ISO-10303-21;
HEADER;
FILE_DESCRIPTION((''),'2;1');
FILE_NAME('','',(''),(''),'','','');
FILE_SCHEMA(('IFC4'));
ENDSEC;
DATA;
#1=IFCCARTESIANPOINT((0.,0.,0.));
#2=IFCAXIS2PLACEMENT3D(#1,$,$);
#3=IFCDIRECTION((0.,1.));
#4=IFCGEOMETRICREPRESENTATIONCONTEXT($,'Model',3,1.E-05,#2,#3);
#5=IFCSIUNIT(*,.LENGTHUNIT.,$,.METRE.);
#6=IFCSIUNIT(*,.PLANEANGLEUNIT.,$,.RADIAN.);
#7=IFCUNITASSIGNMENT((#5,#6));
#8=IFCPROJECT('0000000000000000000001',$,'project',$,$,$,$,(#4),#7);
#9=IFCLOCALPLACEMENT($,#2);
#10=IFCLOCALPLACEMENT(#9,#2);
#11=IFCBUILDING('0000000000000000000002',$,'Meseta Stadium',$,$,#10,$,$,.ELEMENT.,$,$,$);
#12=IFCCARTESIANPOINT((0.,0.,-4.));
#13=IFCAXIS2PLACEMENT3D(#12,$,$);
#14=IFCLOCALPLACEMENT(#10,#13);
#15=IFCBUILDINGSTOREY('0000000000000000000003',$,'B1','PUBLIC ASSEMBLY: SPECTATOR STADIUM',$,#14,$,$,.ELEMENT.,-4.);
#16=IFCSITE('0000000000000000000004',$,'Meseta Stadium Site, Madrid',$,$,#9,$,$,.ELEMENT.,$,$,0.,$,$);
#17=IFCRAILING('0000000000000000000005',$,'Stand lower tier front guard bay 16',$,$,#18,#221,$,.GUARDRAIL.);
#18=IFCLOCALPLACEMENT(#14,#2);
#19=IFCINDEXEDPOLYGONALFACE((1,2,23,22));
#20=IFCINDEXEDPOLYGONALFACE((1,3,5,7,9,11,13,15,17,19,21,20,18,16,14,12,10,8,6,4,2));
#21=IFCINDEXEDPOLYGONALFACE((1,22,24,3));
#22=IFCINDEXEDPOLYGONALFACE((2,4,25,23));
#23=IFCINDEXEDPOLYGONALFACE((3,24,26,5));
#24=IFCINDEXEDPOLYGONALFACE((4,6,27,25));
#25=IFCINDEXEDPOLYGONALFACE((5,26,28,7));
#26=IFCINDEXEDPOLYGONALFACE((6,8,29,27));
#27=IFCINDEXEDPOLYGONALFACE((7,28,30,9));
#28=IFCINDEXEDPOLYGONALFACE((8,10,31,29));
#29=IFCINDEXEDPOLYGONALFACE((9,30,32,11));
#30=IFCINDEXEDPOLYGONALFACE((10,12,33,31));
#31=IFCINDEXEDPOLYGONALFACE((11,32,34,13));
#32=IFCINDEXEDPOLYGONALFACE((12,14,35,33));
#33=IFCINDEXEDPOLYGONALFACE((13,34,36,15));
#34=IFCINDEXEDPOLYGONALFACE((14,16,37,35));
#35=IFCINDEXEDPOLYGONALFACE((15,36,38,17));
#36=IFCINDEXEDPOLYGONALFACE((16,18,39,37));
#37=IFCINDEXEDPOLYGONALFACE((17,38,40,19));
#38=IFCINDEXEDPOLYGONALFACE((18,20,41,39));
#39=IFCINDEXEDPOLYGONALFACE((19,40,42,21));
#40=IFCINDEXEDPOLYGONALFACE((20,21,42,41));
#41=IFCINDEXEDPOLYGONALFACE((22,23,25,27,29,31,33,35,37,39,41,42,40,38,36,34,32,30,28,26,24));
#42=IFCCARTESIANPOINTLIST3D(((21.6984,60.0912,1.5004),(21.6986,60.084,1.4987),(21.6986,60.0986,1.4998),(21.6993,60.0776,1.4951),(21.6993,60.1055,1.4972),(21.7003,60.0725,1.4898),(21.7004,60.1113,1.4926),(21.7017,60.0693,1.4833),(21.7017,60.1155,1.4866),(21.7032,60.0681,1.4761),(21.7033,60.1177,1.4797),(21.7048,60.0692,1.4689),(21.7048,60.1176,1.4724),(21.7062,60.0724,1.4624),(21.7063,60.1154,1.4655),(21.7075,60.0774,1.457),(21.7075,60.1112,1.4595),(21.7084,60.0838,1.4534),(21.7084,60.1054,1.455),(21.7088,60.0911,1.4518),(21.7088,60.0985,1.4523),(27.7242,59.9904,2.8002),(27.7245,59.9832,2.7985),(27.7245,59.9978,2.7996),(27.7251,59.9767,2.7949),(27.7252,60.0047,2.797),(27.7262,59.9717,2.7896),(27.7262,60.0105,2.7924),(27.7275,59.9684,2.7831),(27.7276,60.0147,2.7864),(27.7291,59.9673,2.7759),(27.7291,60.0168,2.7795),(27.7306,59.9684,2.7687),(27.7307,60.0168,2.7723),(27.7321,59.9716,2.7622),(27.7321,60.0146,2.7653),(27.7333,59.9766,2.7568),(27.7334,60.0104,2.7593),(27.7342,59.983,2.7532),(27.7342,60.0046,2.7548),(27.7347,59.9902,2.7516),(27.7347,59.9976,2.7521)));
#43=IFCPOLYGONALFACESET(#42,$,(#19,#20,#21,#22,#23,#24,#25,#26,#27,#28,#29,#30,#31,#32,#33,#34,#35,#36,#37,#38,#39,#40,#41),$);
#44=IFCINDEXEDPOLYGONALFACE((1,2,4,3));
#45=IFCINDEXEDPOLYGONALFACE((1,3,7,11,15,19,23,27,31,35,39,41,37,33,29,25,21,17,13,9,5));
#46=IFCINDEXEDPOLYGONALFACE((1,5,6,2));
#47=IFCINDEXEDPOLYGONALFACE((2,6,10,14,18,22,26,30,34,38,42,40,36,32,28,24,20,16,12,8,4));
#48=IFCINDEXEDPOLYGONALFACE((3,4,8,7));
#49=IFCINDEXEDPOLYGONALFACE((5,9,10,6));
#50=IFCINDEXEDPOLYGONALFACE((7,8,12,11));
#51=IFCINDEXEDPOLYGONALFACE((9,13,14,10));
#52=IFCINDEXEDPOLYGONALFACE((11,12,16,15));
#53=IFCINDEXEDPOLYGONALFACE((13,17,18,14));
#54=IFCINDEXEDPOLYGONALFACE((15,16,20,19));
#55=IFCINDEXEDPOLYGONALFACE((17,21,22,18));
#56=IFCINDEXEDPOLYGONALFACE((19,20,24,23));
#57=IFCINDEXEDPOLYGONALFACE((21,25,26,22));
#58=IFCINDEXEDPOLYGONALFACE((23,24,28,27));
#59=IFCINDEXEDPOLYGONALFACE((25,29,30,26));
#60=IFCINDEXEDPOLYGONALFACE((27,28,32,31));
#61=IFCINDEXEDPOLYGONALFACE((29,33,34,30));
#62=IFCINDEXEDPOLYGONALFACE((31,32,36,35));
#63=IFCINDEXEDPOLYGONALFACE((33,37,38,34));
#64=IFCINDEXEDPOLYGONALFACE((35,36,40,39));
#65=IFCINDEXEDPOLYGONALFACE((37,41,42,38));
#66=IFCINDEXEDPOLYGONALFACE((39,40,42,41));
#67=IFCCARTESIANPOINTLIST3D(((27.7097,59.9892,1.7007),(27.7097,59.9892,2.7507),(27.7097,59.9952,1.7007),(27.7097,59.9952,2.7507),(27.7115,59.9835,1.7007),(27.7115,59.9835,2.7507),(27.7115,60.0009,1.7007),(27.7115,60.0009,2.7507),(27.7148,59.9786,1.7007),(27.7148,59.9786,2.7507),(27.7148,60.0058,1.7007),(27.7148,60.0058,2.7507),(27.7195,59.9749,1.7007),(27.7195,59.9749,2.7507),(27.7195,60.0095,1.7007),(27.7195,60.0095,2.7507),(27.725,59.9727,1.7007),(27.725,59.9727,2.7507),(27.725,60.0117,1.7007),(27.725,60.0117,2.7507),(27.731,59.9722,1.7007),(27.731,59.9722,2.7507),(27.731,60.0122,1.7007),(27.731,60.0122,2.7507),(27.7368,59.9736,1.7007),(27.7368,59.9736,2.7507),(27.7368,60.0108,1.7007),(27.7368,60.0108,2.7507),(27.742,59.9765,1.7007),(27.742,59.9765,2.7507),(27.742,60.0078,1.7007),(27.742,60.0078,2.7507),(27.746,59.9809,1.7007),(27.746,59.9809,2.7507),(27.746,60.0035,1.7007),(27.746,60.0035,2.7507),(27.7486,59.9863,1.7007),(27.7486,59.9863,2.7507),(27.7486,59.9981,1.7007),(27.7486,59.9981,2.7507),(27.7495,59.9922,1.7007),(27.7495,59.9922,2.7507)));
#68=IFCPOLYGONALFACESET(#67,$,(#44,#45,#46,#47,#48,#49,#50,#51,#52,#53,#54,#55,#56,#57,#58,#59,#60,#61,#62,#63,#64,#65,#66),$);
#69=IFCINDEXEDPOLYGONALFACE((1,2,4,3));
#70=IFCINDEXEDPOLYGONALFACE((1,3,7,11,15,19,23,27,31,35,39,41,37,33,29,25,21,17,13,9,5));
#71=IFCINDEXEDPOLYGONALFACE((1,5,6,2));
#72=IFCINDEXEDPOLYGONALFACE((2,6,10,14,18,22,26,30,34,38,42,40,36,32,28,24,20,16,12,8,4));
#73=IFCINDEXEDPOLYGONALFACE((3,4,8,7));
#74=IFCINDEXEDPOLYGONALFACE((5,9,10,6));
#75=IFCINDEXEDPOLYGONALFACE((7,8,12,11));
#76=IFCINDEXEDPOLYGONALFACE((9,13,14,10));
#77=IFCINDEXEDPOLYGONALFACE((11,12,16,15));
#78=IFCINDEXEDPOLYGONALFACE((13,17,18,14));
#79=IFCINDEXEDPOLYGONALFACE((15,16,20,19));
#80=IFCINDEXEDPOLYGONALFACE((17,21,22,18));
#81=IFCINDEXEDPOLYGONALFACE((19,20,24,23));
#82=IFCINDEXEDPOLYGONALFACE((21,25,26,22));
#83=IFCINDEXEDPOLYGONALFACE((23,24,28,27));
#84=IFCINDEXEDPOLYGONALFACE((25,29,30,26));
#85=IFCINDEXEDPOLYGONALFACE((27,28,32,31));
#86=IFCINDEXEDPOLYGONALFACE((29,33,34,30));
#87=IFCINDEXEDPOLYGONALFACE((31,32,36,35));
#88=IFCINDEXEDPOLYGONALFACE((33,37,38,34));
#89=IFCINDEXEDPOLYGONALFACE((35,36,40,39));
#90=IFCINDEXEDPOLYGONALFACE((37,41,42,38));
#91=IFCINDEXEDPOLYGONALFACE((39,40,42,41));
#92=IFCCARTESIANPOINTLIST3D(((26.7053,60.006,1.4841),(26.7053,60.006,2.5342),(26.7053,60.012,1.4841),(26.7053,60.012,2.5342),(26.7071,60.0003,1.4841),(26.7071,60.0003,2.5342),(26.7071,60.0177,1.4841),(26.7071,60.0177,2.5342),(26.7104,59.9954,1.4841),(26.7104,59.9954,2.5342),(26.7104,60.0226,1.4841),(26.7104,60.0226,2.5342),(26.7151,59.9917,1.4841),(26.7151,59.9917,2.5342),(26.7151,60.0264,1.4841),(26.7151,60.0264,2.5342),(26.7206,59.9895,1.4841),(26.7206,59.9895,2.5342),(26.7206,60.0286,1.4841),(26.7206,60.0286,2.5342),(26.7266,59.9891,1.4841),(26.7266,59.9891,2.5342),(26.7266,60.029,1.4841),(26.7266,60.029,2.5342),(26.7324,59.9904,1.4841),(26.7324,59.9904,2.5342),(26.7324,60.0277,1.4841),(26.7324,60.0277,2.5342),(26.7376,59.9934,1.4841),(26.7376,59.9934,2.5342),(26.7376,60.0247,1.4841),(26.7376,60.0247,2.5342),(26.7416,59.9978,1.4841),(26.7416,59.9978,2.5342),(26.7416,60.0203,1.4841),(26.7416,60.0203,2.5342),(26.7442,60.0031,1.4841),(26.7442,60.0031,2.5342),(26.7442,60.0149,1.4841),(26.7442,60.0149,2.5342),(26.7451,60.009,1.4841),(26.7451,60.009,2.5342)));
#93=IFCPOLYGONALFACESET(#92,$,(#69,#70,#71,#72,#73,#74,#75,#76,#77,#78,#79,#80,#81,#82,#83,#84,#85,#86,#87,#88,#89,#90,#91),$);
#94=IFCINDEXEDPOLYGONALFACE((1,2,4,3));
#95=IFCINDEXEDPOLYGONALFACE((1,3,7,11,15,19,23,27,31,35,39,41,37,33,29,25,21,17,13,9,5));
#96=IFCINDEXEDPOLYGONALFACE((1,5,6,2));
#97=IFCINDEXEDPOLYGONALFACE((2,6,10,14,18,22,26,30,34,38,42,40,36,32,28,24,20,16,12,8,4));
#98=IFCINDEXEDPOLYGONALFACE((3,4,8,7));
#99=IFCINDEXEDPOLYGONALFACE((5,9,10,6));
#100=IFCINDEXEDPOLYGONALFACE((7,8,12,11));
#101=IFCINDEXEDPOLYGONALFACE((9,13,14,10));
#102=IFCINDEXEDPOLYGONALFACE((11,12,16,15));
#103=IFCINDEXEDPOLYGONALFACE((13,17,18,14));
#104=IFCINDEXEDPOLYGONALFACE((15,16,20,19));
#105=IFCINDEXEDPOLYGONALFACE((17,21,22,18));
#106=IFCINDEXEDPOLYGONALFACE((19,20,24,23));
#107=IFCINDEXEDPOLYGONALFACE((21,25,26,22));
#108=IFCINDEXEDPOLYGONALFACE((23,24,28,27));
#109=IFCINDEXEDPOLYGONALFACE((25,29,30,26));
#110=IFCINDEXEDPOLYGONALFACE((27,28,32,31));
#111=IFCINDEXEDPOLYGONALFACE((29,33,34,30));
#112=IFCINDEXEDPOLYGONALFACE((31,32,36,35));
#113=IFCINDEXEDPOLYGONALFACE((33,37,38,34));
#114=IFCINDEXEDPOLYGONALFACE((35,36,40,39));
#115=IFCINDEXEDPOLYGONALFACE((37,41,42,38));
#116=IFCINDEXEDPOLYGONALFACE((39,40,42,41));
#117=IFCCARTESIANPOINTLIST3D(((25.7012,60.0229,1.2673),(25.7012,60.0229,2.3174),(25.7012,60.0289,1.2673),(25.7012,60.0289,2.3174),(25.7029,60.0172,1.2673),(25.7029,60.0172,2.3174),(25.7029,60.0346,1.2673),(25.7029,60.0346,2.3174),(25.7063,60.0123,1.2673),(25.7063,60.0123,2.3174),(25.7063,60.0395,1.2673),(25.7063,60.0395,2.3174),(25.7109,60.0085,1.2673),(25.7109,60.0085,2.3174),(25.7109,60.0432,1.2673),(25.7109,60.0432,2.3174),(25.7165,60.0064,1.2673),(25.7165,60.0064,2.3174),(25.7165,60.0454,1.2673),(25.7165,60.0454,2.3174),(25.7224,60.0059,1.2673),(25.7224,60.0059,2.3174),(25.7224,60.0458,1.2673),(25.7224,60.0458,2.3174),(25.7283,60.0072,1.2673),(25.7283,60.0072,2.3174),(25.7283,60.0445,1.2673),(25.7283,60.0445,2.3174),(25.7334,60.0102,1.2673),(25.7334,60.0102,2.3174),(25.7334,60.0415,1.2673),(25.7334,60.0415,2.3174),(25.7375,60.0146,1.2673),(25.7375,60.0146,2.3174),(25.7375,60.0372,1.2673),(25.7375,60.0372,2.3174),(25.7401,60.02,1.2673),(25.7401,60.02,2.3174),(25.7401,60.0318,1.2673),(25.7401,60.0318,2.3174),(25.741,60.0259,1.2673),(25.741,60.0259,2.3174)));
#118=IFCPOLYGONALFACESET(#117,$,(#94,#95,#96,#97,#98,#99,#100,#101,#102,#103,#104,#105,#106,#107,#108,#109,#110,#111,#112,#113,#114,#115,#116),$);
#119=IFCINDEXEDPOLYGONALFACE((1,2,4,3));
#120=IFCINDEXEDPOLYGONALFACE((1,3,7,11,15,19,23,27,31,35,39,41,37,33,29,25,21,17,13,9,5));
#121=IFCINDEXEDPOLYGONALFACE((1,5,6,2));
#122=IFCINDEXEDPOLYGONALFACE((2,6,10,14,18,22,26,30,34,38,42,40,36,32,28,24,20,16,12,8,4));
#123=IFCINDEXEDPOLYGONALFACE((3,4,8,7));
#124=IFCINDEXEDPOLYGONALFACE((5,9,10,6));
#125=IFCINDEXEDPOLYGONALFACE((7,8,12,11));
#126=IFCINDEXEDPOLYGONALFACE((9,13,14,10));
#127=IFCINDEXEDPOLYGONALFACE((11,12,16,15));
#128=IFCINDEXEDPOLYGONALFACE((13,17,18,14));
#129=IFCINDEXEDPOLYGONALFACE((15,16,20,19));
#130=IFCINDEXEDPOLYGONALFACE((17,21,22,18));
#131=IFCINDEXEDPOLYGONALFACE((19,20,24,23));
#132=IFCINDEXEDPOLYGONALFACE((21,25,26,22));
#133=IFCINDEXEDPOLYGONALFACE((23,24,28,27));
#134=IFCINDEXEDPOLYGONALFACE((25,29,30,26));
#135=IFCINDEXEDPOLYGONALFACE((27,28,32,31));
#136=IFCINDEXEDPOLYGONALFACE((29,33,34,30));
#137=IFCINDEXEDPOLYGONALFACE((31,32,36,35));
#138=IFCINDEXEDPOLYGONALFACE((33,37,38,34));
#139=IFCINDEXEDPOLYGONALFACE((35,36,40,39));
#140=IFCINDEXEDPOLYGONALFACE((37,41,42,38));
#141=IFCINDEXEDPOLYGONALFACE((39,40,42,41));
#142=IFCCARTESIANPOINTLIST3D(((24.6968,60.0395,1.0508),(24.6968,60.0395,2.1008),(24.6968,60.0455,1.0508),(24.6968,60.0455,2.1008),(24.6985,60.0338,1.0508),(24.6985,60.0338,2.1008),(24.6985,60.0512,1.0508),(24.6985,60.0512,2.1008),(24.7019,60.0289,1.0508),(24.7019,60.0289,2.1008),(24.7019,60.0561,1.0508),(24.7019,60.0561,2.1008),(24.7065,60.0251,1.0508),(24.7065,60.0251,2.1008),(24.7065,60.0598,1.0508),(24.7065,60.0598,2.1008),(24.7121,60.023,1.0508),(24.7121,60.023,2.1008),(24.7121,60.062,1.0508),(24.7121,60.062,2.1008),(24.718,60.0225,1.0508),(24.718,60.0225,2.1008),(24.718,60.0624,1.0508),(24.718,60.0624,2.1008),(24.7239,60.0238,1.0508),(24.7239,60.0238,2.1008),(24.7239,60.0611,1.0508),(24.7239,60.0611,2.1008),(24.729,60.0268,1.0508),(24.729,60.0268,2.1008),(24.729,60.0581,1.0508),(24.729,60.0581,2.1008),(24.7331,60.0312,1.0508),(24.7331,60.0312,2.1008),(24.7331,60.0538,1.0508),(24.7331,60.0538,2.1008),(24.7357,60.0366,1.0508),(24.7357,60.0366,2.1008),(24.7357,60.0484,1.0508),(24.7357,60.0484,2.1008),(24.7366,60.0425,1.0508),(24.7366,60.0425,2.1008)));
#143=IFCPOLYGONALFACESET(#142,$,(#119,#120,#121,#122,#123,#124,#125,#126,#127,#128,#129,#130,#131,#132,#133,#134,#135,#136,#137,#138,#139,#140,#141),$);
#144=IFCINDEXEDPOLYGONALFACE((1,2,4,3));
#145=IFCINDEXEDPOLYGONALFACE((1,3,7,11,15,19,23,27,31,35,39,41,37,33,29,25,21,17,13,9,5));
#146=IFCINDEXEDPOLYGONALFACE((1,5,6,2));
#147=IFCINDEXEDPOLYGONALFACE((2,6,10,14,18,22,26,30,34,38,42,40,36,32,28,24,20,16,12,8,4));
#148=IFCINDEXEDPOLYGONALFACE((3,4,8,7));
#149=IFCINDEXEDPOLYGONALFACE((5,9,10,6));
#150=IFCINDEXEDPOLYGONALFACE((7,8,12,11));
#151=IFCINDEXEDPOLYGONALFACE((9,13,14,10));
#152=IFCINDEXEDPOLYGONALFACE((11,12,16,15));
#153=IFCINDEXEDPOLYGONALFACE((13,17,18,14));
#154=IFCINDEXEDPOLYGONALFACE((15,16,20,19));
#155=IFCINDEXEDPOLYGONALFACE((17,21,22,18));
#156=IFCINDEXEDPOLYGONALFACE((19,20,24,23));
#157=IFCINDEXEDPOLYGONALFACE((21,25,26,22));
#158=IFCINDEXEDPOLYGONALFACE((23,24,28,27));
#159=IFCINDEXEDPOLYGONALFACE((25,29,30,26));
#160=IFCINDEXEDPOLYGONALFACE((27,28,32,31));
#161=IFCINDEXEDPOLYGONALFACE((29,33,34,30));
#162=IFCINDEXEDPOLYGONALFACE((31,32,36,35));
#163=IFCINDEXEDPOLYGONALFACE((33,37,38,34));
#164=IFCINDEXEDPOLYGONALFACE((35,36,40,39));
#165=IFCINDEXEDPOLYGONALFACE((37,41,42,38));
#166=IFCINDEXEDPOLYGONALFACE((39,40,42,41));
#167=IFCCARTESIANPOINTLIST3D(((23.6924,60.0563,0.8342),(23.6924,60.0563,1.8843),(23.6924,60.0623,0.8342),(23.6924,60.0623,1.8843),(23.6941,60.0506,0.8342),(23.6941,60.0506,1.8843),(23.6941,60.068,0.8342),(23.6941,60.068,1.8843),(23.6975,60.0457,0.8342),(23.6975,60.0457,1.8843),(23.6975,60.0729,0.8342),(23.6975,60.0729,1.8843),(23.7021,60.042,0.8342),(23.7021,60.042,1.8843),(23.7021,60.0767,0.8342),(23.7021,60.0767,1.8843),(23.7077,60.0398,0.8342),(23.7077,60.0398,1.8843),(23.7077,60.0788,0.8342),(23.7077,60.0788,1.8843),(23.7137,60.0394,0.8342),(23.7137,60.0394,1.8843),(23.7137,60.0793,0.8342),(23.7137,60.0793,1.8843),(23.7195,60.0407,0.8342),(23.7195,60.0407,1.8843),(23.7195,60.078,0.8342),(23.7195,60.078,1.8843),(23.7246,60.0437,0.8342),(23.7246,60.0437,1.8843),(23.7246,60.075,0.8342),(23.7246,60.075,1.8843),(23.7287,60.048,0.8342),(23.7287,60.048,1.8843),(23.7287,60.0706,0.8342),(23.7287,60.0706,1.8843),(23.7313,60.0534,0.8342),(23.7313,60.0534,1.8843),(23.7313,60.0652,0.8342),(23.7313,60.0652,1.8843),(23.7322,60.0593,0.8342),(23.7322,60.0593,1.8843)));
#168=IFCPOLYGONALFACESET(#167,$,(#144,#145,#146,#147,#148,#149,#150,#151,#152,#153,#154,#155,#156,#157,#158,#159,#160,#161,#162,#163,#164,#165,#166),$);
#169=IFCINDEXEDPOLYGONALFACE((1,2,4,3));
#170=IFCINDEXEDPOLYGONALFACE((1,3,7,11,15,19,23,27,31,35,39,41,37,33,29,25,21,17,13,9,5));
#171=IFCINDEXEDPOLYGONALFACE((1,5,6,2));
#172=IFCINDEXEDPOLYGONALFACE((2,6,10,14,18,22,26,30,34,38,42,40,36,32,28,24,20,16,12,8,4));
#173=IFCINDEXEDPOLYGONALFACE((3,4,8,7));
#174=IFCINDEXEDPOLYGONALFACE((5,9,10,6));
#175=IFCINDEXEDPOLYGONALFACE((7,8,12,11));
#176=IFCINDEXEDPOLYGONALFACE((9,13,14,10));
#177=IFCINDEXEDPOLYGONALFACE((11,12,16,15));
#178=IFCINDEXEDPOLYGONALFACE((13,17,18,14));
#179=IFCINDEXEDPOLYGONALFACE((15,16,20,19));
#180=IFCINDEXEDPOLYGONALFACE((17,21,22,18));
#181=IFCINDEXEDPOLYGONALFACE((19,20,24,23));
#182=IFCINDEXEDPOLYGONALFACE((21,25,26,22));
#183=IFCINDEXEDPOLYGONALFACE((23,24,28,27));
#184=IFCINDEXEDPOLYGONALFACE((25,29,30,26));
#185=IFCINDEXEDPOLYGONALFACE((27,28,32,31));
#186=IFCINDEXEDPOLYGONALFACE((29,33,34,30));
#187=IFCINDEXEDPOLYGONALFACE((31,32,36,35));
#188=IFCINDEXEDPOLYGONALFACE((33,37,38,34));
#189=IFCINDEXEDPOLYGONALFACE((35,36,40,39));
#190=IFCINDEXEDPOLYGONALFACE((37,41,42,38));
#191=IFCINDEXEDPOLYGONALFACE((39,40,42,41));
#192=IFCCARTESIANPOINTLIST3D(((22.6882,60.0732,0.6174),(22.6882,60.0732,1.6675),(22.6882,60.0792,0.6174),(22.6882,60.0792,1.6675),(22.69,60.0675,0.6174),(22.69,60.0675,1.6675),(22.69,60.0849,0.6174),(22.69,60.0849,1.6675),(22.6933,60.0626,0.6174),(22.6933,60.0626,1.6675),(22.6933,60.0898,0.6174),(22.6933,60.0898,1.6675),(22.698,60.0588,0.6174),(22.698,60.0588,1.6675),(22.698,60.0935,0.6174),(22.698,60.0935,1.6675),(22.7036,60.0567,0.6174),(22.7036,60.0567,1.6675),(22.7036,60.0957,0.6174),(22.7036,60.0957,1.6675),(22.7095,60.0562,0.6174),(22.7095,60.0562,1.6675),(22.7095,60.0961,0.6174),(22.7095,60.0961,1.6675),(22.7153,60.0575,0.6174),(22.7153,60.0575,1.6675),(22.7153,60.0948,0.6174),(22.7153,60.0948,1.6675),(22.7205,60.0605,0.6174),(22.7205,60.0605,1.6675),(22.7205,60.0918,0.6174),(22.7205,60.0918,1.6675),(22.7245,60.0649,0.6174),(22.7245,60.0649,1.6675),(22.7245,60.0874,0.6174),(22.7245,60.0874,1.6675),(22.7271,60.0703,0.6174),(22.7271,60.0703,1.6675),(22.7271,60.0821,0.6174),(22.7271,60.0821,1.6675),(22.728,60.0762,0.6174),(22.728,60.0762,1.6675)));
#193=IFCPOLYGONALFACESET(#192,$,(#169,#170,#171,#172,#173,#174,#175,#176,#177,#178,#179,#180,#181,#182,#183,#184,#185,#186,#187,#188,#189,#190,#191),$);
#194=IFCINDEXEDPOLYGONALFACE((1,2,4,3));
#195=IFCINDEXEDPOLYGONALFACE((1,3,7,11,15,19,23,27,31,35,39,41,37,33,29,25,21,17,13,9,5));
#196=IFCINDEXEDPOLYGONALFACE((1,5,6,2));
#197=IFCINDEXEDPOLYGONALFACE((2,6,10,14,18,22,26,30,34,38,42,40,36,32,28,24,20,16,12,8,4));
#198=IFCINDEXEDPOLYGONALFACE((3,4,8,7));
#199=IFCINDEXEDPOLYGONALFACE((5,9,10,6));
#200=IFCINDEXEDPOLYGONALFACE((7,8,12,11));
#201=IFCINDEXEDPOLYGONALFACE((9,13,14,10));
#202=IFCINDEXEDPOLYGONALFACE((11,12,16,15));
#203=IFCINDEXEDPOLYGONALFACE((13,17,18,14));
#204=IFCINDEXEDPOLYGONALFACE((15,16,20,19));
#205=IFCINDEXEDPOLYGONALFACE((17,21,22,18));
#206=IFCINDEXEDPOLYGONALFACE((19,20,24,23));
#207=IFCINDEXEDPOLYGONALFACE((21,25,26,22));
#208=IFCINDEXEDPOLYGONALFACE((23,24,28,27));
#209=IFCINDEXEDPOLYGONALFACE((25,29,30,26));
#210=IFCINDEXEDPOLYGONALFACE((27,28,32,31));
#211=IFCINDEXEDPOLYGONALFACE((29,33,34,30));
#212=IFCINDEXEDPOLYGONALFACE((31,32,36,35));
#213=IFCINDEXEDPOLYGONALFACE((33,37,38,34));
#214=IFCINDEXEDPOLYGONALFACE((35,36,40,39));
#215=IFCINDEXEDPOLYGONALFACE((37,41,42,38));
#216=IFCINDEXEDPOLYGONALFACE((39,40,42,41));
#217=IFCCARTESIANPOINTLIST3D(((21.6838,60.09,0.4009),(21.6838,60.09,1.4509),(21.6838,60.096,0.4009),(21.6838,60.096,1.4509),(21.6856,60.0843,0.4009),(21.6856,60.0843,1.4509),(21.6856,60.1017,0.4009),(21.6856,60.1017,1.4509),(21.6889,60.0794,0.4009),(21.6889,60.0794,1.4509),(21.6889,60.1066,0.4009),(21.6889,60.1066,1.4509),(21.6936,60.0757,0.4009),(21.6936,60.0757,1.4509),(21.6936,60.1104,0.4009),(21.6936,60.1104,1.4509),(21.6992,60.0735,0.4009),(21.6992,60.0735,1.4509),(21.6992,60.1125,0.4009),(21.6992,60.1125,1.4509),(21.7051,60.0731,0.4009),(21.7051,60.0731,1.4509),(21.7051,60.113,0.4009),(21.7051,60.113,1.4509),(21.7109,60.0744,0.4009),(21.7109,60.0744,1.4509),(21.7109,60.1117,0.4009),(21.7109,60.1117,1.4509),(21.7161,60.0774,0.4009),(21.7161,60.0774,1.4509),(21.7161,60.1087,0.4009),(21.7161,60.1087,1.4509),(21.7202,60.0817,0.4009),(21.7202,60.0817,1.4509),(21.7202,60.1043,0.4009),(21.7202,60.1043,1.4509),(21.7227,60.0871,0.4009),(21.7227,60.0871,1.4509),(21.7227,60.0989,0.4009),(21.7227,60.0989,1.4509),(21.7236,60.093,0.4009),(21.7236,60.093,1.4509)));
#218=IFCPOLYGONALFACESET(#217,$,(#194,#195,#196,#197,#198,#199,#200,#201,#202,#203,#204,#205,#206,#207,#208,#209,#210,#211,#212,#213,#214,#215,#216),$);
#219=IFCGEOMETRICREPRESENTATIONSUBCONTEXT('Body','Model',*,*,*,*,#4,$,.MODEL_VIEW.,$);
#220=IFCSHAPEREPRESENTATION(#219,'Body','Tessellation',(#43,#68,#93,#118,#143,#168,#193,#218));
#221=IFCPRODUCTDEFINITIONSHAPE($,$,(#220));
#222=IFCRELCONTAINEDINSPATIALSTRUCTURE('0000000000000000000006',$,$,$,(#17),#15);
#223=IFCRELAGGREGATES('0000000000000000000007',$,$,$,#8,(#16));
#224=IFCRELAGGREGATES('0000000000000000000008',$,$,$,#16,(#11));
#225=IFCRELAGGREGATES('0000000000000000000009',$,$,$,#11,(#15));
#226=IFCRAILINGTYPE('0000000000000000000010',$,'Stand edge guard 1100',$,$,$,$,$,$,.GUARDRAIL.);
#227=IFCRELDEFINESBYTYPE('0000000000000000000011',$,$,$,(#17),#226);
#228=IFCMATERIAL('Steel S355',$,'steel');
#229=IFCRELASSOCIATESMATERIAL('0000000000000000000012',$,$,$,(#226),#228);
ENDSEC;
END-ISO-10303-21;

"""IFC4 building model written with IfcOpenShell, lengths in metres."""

from ifc_helpers import new_model, si_unit, direction, frame, origin, origin_2d, place, context, subcontext, project, spatial, circle, extrude, material, type_object, element, save


model = new_model("IFC4")

# Units and contexts
model_context = context("Model", 3, precision=1e-05, world=origin(), true_north=direction((0.0, 1.0)))
body_context = subcontext(model_context, "Body", "Model", "MODEL_VIEW")
ifc_project = project(units=[si_unit("LENGTHUNIT", "METRE"), si_unit("PLANEANGLEUNIT", "RADIAN")], contexts=[model_context])

# Site, building, storey
site_placement = place(None, origin())
site = spatial("IfcSite", under=ifc_project, at=site_placement, Name="Meseta Stadium Site, Madrid", CompositionType="ELEMENT", RefElevation=0.0)
building_placement = place(site_placement, origin())
building = spatial("IfcBuilding", under=site, at=building_placement, Name="Meseta Stadium", CompositionType="ELEMENT")
storey_placement = place(building_placement, frame((0.0, 0.0, -4.0)))
storey = spatial("IfcBuildingStorey", under=building, at=storey_placement, Name="B1", Description="PUBLIC ASSEMBLY: SPECTATOR STADIUM", CompositionType="ELEMENT", Elevation=-4.0)

# Railing
ifc_material_1 = material(Name="Steel S355", Category="steel")
railing_type = type_object("IfcRailingType", Name="Stand edge guard 1100", PredefinedType="GUARDRAIL", material=ifc_material_1)
railing_1_placement = place(storey_placement, frame((27.7295, 59.9922, 1.7007)))
element("IfcRailing", 1, at=railing_1_placement, inside=storey, type_object=railing_type, Name="Stand lower tier front guard bay 16", PredefinedType="GUARDRAIL", context=body_context, shape_type="SweptSolid", body=[
    extrude(circle(Radius=0.0249, at=origin_2d()), frame((0.0, 0.0, 1.0752), z_axis=(-0.977387, 0.016354, -0.210826), x_axis=(-0.01673, -0.99986, 0.0)), (0.0, 0.0, 1.0), 6.1653),
    extrude(circle(Radius=0.02, at=origin_2d()), origin(), (0.0, 0.0, 1.0), 1.05),
    extrude(circle(Radius=0.02, at=origin_2d()), frame((-1.0044, 0.0168, -0.2166)), (0.0, 0.0, 1.0), 1.05),
    extrude(circle(Radius=0.02, at=origin_2d()), frame((-2.0085, 0.0337, -0.4333)), (0.0, 0.0, 1.0), 1.05),
    extrude(circle(Radius=0.02, at=origin_2d()), frame((-3.0129, 0.0503, -0.6499)), (0.0, 0.0, 1.0), 1.05),
    extrude(circle(Radius=0.02, at=origin_2d()), frame((-4.0173, 0.0671, -0.8665)), (0.0, 0.0, 1.0), 1.05),
    extrude(circle(Radius=0.02, at=origin_2d()), frame((-5.0215, 0.084, -1.0833)), (0.0, 0.0, 1.0), 1.05),
    extrude(circle(Radius=0.02, at=origin_2d()), frame((-6.0259, 0.1008, -1.2998)), (0.0, 0.0, 1.0), 1.05),
])

save(model, "model.ifc")
